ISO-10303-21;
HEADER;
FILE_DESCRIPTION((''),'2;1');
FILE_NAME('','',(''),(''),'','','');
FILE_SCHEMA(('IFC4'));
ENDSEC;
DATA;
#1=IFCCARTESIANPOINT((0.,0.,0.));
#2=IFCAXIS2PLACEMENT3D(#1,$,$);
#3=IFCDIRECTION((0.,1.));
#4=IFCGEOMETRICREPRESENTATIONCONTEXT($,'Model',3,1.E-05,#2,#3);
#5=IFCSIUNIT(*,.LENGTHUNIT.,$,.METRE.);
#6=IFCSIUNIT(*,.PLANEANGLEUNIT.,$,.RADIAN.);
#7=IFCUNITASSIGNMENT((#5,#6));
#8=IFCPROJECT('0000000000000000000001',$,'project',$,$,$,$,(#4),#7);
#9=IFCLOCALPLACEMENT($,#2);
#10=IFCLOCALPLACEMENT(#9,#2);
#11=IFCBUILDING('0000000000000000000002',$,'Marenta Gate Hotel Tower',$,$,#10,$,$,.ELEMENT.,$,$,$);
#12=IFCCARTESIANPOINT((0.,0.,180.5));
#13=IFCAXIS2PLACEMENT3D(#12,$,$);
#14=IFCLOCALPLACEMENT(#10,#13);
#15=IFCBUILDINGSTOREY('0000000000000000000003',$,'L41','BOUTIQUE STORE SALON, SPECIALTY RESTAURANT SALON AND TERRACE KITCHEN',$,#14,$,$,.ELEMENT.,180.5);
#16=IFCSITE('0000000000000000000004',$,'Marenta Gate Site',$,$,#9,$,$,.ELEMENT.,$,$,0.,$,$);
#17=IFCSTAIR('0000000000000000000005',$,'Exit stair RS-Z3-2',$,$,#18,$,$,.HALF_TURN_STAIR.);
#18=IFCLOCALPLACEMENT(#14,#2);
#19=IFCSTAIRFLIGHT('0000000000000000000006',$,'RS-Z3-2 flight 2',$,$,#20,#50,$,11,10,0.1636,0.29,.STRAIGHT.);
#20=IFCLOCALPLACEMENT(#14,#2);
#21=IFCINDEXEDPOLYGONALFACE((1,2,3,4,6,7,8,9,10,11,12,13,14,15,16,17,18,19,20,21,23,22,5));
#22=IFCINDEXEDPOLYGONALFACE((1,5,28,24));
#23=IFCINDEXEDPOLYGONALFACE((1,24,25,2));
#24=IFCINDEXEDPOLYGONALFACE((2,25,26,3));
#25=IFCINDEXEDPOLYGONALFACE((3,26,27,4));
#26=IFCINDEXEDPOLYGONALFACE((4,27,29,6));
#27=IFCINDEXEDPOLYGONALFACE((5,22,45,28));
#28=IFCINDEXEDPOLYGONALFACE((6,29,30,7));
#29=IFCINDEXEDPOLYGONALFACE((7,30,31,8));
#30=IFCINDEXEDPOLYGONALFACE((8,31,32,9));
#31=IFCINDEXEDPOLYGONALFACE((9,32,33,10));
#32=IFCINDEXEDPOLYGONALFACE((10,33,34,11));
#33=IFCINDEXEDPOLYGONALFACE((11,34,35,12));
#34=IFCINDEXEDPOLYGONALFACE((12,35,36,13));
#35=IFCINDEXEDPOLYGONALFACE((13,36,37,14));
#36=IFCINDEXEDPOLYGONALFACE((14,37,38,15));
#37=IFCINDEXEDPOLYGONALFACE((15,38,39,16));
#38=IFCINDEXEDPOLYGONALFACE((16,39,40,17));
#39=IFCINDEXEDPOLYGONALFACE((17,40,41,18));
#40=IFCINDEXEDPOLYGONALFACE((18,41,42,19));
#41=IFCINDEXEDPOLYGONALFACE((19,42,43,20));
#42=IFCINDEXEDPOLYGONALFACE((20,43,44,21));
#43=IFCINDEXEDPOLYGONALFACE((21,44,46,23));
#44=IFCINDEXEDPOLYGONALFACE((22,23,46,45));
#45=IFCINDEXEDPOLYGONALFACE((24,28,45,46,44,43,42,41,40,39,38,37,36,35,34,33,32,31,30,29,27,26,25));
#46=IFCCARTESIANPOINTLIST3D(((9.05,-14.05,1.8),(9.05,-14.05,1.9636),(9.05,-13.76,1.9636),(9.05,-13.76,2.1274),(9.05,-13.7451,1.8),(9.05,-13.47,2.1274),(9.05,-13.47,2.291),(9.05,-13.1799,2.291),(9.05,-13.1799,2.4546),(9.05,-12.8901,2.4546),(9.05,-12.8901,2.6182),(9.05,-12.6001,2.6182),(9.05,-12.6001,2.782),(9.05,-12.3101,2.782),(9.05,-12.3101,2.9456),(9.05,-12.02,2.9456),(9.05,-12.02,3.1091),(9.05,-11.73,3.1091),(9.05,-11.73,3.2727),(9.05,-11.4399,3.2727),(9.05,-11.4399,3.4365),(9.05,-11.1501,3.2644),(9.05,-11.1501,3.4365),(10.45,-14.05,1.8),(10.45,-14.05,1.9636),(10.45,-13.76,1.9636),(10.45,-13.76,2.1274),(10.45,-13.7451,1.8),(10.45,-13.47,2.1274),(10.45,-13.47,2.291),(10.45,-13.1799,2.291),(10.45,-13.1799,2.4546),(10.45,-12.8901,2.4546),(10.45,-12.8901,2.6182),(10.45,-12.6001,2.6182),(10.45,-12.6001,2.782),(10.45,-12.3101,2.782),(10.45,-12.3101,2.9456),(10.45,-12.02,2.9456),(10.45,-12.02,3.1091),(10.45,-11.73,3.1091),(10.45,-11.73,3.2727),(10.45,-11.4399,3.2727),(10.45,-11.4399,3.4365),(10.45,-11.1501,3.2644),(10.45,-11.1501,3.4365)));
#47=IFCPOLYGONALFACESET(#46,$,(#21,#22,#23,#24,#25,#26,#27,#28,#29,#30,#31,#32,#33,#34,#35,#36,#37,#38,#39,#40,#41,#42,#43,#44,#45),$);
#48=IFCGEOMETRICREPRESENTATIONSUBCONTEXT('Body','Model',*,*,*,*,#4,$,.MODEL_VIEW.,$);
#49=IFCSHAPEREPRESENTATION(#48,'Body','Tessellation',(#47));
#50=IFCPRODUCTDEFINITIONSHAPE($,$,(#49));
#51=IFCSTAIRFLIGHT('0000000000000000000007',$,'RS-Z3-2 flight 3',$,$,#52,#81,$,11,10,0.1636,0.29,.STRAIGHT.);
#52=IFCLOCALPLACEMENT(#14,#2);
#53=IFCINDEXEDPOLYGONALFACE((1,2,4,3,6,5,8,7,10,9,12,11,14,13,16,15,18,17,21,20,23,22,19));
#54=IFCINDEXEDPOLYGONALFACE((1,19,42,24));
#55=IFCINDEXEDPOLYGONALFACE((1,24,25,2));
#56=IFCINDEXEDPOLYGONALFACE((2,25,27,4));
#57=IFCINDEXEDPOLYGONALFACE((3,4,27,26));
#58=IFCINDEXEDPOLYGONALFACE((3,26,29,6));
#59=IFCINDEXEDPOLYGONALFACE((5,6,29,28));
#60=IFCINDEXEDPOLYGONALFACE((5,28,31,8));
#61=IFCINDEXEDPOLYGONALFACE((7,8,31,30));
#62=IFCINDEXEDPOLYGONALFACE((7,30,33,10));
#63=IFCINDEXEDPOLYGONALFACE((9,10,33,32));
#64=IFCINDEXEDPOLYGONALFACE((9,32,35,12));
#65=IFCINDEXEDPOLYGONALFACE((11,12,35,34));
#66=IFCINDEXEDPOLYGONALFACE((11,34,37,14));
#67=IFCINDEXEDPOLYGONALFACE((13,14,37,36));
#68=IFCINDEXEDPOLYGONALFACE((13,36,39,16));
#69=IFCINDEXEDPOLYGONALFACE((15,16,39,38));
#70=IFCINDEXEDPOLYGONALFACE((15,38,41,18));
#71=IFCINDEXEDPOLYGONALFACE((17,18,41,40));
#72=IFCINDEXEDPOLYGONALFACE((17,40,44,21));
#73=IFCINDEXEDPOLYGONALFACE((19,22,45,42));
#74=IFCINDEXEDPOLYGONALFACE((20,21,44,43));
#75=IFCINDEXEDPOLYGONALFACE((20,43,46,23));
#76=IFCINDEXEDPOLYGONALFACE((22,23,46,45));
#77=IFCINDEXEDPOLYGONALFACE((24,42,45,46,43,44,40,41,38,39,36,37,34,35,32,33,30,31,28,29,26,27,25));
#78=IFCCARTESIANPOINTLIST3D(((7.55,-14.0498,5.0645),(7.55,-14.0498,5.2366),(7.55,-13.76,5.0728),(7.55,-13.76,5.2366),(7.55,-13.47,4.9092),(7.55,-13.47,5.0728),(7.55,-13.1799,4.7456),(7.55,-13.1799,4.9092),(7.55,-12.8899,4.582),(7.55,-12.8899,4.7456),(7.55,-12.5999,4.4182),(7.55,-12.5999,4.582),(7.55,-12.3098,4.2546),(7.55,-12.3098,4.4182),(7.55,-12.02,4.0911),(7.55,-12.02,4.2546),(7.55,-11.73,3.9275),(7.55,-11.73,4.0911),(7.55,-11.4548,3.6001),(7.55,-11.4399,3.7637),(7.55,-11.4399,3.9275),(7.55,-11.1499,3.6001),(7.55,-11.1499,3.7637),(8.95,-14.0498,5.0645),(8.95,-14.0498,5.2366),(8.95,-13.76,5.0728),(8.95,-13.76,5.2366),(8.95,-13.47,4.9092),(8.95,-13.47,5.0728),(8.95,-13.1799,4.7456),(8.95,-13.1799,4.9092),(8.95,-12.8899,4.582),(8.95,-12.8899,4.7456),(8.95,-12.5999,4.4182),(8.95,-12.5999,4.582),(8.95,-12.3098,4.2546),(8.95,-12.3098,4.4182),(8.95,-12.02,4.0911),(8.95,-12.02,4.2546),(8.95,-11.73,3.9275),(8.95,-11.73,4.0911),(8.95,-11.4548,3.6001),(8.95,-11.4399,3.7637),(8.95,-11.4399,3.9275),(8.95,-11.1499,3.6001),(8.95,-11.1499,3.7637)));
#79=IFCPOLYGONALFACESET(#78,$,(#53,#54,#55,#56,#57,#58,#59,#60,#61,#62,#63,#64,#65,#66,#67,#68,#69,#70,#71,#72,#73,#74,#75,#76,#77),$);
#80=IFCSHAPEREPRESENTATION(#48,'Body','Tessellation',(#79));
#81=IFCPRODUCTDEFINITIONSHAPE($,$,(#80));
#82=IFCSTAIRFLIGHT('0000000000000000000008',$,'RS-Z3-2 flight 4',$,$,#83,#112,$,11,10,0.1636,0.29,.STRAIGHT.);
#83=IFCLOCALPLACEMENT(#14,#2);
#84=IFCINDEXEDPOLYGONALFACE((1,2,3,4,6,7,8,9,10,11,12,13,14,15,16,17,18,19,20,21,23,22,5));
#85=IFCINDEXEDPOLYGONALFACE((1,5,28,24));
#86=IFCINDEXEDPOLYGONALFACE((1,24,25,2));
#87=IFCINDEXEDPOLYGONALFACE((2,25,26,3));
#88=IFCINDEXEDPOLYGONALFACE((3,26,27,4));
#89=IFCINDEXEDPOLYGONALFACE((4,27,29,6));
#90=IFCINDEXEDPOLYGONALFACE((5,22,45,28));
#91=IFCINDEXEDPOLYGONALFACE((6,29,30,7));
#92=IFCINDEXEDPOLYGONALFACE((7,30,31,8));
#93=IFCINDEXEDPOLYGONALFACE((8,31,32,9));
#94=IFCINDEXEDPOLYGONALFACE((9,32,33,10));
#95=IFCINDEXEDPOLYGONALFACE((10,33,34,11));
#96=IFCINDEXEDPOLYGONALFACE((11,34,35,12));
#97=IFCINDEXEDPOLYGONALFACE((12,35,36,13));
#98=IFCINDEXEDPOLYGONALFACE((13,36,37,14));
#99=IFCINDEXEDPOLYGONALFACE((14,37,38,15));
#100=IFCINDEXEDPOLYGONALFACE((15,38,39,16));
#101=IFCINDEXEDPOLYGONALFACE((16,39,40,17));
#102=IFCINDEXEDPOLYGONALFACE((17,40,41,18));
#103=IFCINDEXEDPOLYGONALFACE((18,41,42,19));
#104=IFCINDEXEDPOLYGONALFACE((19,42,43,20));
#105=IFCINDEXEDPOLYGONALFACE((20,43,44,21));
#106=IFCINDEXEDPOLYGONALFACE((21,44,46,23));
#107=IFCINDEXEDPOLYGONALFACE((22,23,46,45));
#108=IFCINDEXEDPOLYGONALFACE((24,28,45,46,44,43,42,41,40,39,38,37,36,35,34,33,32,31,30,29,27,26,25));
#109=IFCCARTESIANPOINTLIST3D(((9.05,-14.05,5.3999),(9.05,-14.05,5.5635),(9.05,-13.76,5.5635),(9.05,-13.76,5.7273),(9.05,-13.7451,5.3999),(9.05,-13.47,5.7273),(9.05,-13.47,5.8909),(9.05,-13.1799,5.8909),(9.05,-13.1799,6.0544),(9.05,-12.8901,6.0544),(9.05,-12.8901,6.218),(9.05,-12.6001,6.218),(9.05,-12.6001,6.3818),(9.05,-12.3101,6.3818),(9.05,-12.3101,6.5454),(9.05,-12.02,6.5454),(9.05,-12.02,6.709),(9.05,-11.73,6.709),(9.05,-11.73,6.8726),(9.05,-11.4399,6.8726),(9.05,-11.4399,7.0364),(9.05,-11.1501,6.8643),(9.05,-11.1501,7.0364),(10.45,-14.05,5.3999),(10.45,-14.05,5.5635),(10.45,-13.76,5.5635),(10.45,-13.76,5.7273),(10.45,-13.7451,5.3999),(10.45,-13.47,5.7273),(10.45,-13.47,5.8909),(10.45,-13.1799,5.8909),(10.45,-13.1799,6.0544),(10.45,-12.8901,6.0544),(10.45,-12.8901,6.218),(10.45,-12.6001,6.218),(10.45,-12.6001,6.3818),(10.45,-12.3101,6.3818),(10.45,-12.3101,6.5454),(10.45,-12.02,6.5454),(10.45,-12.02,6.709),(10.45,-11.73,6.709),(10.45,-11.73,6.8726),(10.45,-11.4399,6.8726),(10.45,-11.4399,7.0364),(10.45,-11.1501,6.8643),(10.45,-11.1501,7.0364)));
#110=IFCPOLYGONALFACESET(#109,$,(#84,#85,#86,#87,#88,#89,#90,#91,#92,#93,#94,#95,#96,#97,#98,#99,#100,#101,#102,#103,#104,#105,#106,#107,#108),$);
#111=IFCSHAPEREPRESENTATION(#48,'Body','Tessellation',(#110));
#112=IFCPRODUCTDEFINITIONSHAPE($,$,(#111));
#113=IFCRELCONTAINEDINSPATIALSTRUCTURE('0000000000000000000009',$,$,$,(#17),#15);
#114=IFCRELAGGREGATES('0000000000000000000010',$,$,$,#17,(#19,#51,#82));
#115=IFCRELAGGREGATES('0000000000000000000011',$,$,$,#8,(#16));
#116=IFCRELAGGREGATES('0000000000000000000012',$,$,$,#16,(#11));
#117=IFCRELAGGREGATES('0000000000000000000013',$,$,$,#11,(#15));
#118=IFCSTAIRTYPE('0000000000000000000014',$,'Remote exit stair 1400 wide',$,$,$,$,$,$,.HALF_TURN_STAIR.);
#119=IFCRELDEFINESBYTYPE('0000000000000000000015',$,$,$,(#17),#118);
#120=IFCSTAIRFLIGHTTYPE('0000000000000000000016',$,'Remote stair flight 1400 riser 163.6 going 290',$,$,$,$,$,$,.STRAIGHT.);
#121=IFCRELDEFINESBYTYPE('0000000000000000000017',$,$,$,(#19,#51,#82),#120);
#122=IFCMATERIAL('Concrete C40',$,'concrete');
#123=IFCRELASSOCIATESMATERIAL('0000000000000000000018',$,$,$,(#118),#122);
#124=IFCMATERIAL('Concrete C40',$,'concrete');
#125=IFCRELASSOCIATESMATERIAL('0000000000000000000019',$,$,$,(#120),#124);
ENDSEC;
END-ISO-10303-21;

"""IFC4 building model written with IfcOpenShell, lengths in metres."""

from ifc_helpers import new_model, si_unit, direction, frame, origin, place, context, subcontext, project, spatial, polyline, outline, extrude, material, type_object, element, aggregate, save


model = new_model("IFC4")

# Units and contexts
model_context = context("Model", 3, precision=1e-05, world=origin(), true_north=direction((0.0, 1.0)))
body_context = subcontext(model_context, "Body", "Model", "MODEL_VIEW")
ifc_project = project(units=[si_unit("LENGTHUNIT", "METRE"), si_unit("PLANEANGLEUNIT", "RADIAN")], contexts=[model_context])

# Site, building, storey
site_placement = place(None, origin())
site = spatial("IfcSite", under=ifc_project, at=site_placement, Name="Marenta Gate Site", CompositionType="ELEMENT", RefElevation=0.0)
building_placement = place(site_placement, origin())
building = spatial("IfcBuilding", under=site, at=building_placement, Name="Marenta Gate Hotel Tower", CompositionType="ELEMENT")
storey_placement = place(building_placement, frame((0.0, 0.0, 180.5)))
storey = spatial("IfcBuildingStorey", under=building, at=storey_placement, Name="L41", Description="BOUTIQUE STORE SALON, SPECIALTY RESTAURANT SALON AND TERRACE KITCHEN", CompositionType="ELEMENT", Elevation=180.5)

# Stair, stair flights
ifc_material_1 = material(Name="Concrete C40", Category="concrete")
stair_type = type_object("IfcStairType", Name="Remote exit stair 1400 wide", PredefinedType="HALF_TURN_STAIR", material=ifc_material_1)
stair_placement = place(storey_placement, origin())
stair = element("IfcStair", 1, at=stair_placement, inside=storey, type_object=stair_type, Name="Exit stair RS-Z3-2", PredefinedType="HALF_TURN_STAIR")
ifc_material_2 = material(Name="Concrete C40", Category="concrete")
stair_flight_type = type_object("IfcStairFlightType", Name="Remote stair flight 1400 riser 163.6 going 290", PredefinedType="STRAIGHT", material=ifc_material_2)
stair_flight_1_placement = place(storey_placement, frame((9.75, -14.05, 1.8), z_axis=(0.0, 0.0, 1.0), x_axis=(0.0, 1.0, 0.0)))
stair_flight_1 = element("IfcStairFlight", 2, at=stair_flight_1_placement, type_object=stair_flight_type, Name="RS-Z3-2 flight 2", NumberOfRisers=11, NumberOfTreads=10, PredefinedType="STRAIGHT", RiserHeight=0.1636, TreadLength=0.29, context=body_context, shape_type="SweptSolid", body=[
    extrude(outline(polyline([(0.0, 0.0), (0.0, 0.1636), (0.29, 0.1636), (0.29, 0.3274), (0.5801, 0.3274), (0.5801, 0.491), (0.8701, 0.491), (0.8701, 0.6545), (1.1599, 0.6545), (1.1599, 0.8181), (1.45, 0.8181), (1.45, 0.9819), (1.74, 0.9819), (1.74, 1.1455), (2.03, 1.1455), (2.03, 1.3091), (2.3201, 1.3091), (2.3201, 1.4727), (2.6101, 1.4727), (2.6101, 1.6365), (2.8999, 1.6365), (2.8999, 1.8), (2.8999, 1.4644), (0.3049, 0.0), (0.0, 0.0)])), frame((0.0, 0.7, 0.0), z_axis=(0.0, -1.0, 0.0), x_axis=(1.0, 0.0, 0.0)), (0.0, 0.0, 1.0), 1.3999),
])
stair_flight_2_placement = place(storey_placement, frame((8.25, -11.1499, 3.6001), z_axis=(0.0, 0.0, 1.0), x_axis=(0.0, -1.0, 0.0)))
stair_flight_2 = element("IfcStairFlight", 3, at=stair_flight_2_placement, type_object=stair_flight_type, Name="RS-Z3-2 flight 3", NumberOfRisers=11, NumberOfTreads=10, PredefinedType="STRAIGHT", RiserHeight=0.1636, TreadLength=0.29, context=body_context, shape_type="SweptSolid", body=[
    extrude(outline(polyline([(0.0, 0.0), (0.0, 0.1636), (0.29, 0.1636), (0.29, 0.3274), (0.5801, 0.3274), (0.5801, 0.491), (0.8701, 0.491), (0.8701, 0.6545), (1.1599, 0.6545), (1.1599, 0.8181), (1.45, 0.8181), (1.45, 0.9819), (1.74, 0.9819), (1.74, 1.1455), (2.03, 1.1455), (2.03, 1.3091), (2.3201, 1.3091), (2.3201, 1.4727), (2.6101, 1.4727), (2.6101, 1.6365), (2.8999, 1.6365), (2.8999, 1.8), (2.8999, 1.4644), (0.3049, 0.0), (0.0, 0.0)])), frame((0.0, 0.7, 0.0), z_axis=(0.0, -1.0, 0.0), x_axis=(1.0, 0.0, 0.0)), (0.0, 0.0, 1.0), 1.3999),
])
stair_flight_3_placement = place(storey_placement, frame((9.75, -14.05, 5.3999), z_axis=(0.0, 0.0, 1.0), x_axis=(0.0, 1.0, 0.0)))
stair_flight_3 = element("IfcStairFlight", 4, at=stair_flight_3_placement, type_object=stair_flight_type, Name="RS-Z3-2 flight 4", NumberOfRisers=11, NumberOfTreads=10, PredefinedType="STRAIGHT", RiserHeight=0.1636, TreadLength=0.29, context=body_context, shape_type="SweptSolid", body=[
    extrude(outline(polyline([(0.0, 0.0), (0.0, 0.1636), (0.29, 0.1636), (0.29, 0.3274), (0.5801, 0.3274), (0.5801, 0.491), (0.8701, 0.491), (0.8701, 0.6545), (1.1599, 0.6545), (1.1599, 0.8181), (1.45, 0.8181), (1.45, 0.9819), (1.74, 0.9819), (1.74, 1.1455), (2.03, 1.1455), (2.03, 1.3091), (2.3201, 1.3091), (2.3201, 1.4727), (2.6101, 1.4727), (2.6101, 1.6365), (2.8999, 1.6365), (2.8999, 1.8), (2.8999, 1.4644), (0.3049, 0.0), (0.0, 0.0)])), frame((0.0, 0.7, 0.0), z_axis=(0.0, -1.0, 0.0), x_axis=(1.0, 0.0, 0.0)), (0.0, 0.0, 1.0), 1.3999),
])
aggregate(stair, [stair_flight_1, stair_flight_2, stair_flight_3])

save(model, "model.ifc")
